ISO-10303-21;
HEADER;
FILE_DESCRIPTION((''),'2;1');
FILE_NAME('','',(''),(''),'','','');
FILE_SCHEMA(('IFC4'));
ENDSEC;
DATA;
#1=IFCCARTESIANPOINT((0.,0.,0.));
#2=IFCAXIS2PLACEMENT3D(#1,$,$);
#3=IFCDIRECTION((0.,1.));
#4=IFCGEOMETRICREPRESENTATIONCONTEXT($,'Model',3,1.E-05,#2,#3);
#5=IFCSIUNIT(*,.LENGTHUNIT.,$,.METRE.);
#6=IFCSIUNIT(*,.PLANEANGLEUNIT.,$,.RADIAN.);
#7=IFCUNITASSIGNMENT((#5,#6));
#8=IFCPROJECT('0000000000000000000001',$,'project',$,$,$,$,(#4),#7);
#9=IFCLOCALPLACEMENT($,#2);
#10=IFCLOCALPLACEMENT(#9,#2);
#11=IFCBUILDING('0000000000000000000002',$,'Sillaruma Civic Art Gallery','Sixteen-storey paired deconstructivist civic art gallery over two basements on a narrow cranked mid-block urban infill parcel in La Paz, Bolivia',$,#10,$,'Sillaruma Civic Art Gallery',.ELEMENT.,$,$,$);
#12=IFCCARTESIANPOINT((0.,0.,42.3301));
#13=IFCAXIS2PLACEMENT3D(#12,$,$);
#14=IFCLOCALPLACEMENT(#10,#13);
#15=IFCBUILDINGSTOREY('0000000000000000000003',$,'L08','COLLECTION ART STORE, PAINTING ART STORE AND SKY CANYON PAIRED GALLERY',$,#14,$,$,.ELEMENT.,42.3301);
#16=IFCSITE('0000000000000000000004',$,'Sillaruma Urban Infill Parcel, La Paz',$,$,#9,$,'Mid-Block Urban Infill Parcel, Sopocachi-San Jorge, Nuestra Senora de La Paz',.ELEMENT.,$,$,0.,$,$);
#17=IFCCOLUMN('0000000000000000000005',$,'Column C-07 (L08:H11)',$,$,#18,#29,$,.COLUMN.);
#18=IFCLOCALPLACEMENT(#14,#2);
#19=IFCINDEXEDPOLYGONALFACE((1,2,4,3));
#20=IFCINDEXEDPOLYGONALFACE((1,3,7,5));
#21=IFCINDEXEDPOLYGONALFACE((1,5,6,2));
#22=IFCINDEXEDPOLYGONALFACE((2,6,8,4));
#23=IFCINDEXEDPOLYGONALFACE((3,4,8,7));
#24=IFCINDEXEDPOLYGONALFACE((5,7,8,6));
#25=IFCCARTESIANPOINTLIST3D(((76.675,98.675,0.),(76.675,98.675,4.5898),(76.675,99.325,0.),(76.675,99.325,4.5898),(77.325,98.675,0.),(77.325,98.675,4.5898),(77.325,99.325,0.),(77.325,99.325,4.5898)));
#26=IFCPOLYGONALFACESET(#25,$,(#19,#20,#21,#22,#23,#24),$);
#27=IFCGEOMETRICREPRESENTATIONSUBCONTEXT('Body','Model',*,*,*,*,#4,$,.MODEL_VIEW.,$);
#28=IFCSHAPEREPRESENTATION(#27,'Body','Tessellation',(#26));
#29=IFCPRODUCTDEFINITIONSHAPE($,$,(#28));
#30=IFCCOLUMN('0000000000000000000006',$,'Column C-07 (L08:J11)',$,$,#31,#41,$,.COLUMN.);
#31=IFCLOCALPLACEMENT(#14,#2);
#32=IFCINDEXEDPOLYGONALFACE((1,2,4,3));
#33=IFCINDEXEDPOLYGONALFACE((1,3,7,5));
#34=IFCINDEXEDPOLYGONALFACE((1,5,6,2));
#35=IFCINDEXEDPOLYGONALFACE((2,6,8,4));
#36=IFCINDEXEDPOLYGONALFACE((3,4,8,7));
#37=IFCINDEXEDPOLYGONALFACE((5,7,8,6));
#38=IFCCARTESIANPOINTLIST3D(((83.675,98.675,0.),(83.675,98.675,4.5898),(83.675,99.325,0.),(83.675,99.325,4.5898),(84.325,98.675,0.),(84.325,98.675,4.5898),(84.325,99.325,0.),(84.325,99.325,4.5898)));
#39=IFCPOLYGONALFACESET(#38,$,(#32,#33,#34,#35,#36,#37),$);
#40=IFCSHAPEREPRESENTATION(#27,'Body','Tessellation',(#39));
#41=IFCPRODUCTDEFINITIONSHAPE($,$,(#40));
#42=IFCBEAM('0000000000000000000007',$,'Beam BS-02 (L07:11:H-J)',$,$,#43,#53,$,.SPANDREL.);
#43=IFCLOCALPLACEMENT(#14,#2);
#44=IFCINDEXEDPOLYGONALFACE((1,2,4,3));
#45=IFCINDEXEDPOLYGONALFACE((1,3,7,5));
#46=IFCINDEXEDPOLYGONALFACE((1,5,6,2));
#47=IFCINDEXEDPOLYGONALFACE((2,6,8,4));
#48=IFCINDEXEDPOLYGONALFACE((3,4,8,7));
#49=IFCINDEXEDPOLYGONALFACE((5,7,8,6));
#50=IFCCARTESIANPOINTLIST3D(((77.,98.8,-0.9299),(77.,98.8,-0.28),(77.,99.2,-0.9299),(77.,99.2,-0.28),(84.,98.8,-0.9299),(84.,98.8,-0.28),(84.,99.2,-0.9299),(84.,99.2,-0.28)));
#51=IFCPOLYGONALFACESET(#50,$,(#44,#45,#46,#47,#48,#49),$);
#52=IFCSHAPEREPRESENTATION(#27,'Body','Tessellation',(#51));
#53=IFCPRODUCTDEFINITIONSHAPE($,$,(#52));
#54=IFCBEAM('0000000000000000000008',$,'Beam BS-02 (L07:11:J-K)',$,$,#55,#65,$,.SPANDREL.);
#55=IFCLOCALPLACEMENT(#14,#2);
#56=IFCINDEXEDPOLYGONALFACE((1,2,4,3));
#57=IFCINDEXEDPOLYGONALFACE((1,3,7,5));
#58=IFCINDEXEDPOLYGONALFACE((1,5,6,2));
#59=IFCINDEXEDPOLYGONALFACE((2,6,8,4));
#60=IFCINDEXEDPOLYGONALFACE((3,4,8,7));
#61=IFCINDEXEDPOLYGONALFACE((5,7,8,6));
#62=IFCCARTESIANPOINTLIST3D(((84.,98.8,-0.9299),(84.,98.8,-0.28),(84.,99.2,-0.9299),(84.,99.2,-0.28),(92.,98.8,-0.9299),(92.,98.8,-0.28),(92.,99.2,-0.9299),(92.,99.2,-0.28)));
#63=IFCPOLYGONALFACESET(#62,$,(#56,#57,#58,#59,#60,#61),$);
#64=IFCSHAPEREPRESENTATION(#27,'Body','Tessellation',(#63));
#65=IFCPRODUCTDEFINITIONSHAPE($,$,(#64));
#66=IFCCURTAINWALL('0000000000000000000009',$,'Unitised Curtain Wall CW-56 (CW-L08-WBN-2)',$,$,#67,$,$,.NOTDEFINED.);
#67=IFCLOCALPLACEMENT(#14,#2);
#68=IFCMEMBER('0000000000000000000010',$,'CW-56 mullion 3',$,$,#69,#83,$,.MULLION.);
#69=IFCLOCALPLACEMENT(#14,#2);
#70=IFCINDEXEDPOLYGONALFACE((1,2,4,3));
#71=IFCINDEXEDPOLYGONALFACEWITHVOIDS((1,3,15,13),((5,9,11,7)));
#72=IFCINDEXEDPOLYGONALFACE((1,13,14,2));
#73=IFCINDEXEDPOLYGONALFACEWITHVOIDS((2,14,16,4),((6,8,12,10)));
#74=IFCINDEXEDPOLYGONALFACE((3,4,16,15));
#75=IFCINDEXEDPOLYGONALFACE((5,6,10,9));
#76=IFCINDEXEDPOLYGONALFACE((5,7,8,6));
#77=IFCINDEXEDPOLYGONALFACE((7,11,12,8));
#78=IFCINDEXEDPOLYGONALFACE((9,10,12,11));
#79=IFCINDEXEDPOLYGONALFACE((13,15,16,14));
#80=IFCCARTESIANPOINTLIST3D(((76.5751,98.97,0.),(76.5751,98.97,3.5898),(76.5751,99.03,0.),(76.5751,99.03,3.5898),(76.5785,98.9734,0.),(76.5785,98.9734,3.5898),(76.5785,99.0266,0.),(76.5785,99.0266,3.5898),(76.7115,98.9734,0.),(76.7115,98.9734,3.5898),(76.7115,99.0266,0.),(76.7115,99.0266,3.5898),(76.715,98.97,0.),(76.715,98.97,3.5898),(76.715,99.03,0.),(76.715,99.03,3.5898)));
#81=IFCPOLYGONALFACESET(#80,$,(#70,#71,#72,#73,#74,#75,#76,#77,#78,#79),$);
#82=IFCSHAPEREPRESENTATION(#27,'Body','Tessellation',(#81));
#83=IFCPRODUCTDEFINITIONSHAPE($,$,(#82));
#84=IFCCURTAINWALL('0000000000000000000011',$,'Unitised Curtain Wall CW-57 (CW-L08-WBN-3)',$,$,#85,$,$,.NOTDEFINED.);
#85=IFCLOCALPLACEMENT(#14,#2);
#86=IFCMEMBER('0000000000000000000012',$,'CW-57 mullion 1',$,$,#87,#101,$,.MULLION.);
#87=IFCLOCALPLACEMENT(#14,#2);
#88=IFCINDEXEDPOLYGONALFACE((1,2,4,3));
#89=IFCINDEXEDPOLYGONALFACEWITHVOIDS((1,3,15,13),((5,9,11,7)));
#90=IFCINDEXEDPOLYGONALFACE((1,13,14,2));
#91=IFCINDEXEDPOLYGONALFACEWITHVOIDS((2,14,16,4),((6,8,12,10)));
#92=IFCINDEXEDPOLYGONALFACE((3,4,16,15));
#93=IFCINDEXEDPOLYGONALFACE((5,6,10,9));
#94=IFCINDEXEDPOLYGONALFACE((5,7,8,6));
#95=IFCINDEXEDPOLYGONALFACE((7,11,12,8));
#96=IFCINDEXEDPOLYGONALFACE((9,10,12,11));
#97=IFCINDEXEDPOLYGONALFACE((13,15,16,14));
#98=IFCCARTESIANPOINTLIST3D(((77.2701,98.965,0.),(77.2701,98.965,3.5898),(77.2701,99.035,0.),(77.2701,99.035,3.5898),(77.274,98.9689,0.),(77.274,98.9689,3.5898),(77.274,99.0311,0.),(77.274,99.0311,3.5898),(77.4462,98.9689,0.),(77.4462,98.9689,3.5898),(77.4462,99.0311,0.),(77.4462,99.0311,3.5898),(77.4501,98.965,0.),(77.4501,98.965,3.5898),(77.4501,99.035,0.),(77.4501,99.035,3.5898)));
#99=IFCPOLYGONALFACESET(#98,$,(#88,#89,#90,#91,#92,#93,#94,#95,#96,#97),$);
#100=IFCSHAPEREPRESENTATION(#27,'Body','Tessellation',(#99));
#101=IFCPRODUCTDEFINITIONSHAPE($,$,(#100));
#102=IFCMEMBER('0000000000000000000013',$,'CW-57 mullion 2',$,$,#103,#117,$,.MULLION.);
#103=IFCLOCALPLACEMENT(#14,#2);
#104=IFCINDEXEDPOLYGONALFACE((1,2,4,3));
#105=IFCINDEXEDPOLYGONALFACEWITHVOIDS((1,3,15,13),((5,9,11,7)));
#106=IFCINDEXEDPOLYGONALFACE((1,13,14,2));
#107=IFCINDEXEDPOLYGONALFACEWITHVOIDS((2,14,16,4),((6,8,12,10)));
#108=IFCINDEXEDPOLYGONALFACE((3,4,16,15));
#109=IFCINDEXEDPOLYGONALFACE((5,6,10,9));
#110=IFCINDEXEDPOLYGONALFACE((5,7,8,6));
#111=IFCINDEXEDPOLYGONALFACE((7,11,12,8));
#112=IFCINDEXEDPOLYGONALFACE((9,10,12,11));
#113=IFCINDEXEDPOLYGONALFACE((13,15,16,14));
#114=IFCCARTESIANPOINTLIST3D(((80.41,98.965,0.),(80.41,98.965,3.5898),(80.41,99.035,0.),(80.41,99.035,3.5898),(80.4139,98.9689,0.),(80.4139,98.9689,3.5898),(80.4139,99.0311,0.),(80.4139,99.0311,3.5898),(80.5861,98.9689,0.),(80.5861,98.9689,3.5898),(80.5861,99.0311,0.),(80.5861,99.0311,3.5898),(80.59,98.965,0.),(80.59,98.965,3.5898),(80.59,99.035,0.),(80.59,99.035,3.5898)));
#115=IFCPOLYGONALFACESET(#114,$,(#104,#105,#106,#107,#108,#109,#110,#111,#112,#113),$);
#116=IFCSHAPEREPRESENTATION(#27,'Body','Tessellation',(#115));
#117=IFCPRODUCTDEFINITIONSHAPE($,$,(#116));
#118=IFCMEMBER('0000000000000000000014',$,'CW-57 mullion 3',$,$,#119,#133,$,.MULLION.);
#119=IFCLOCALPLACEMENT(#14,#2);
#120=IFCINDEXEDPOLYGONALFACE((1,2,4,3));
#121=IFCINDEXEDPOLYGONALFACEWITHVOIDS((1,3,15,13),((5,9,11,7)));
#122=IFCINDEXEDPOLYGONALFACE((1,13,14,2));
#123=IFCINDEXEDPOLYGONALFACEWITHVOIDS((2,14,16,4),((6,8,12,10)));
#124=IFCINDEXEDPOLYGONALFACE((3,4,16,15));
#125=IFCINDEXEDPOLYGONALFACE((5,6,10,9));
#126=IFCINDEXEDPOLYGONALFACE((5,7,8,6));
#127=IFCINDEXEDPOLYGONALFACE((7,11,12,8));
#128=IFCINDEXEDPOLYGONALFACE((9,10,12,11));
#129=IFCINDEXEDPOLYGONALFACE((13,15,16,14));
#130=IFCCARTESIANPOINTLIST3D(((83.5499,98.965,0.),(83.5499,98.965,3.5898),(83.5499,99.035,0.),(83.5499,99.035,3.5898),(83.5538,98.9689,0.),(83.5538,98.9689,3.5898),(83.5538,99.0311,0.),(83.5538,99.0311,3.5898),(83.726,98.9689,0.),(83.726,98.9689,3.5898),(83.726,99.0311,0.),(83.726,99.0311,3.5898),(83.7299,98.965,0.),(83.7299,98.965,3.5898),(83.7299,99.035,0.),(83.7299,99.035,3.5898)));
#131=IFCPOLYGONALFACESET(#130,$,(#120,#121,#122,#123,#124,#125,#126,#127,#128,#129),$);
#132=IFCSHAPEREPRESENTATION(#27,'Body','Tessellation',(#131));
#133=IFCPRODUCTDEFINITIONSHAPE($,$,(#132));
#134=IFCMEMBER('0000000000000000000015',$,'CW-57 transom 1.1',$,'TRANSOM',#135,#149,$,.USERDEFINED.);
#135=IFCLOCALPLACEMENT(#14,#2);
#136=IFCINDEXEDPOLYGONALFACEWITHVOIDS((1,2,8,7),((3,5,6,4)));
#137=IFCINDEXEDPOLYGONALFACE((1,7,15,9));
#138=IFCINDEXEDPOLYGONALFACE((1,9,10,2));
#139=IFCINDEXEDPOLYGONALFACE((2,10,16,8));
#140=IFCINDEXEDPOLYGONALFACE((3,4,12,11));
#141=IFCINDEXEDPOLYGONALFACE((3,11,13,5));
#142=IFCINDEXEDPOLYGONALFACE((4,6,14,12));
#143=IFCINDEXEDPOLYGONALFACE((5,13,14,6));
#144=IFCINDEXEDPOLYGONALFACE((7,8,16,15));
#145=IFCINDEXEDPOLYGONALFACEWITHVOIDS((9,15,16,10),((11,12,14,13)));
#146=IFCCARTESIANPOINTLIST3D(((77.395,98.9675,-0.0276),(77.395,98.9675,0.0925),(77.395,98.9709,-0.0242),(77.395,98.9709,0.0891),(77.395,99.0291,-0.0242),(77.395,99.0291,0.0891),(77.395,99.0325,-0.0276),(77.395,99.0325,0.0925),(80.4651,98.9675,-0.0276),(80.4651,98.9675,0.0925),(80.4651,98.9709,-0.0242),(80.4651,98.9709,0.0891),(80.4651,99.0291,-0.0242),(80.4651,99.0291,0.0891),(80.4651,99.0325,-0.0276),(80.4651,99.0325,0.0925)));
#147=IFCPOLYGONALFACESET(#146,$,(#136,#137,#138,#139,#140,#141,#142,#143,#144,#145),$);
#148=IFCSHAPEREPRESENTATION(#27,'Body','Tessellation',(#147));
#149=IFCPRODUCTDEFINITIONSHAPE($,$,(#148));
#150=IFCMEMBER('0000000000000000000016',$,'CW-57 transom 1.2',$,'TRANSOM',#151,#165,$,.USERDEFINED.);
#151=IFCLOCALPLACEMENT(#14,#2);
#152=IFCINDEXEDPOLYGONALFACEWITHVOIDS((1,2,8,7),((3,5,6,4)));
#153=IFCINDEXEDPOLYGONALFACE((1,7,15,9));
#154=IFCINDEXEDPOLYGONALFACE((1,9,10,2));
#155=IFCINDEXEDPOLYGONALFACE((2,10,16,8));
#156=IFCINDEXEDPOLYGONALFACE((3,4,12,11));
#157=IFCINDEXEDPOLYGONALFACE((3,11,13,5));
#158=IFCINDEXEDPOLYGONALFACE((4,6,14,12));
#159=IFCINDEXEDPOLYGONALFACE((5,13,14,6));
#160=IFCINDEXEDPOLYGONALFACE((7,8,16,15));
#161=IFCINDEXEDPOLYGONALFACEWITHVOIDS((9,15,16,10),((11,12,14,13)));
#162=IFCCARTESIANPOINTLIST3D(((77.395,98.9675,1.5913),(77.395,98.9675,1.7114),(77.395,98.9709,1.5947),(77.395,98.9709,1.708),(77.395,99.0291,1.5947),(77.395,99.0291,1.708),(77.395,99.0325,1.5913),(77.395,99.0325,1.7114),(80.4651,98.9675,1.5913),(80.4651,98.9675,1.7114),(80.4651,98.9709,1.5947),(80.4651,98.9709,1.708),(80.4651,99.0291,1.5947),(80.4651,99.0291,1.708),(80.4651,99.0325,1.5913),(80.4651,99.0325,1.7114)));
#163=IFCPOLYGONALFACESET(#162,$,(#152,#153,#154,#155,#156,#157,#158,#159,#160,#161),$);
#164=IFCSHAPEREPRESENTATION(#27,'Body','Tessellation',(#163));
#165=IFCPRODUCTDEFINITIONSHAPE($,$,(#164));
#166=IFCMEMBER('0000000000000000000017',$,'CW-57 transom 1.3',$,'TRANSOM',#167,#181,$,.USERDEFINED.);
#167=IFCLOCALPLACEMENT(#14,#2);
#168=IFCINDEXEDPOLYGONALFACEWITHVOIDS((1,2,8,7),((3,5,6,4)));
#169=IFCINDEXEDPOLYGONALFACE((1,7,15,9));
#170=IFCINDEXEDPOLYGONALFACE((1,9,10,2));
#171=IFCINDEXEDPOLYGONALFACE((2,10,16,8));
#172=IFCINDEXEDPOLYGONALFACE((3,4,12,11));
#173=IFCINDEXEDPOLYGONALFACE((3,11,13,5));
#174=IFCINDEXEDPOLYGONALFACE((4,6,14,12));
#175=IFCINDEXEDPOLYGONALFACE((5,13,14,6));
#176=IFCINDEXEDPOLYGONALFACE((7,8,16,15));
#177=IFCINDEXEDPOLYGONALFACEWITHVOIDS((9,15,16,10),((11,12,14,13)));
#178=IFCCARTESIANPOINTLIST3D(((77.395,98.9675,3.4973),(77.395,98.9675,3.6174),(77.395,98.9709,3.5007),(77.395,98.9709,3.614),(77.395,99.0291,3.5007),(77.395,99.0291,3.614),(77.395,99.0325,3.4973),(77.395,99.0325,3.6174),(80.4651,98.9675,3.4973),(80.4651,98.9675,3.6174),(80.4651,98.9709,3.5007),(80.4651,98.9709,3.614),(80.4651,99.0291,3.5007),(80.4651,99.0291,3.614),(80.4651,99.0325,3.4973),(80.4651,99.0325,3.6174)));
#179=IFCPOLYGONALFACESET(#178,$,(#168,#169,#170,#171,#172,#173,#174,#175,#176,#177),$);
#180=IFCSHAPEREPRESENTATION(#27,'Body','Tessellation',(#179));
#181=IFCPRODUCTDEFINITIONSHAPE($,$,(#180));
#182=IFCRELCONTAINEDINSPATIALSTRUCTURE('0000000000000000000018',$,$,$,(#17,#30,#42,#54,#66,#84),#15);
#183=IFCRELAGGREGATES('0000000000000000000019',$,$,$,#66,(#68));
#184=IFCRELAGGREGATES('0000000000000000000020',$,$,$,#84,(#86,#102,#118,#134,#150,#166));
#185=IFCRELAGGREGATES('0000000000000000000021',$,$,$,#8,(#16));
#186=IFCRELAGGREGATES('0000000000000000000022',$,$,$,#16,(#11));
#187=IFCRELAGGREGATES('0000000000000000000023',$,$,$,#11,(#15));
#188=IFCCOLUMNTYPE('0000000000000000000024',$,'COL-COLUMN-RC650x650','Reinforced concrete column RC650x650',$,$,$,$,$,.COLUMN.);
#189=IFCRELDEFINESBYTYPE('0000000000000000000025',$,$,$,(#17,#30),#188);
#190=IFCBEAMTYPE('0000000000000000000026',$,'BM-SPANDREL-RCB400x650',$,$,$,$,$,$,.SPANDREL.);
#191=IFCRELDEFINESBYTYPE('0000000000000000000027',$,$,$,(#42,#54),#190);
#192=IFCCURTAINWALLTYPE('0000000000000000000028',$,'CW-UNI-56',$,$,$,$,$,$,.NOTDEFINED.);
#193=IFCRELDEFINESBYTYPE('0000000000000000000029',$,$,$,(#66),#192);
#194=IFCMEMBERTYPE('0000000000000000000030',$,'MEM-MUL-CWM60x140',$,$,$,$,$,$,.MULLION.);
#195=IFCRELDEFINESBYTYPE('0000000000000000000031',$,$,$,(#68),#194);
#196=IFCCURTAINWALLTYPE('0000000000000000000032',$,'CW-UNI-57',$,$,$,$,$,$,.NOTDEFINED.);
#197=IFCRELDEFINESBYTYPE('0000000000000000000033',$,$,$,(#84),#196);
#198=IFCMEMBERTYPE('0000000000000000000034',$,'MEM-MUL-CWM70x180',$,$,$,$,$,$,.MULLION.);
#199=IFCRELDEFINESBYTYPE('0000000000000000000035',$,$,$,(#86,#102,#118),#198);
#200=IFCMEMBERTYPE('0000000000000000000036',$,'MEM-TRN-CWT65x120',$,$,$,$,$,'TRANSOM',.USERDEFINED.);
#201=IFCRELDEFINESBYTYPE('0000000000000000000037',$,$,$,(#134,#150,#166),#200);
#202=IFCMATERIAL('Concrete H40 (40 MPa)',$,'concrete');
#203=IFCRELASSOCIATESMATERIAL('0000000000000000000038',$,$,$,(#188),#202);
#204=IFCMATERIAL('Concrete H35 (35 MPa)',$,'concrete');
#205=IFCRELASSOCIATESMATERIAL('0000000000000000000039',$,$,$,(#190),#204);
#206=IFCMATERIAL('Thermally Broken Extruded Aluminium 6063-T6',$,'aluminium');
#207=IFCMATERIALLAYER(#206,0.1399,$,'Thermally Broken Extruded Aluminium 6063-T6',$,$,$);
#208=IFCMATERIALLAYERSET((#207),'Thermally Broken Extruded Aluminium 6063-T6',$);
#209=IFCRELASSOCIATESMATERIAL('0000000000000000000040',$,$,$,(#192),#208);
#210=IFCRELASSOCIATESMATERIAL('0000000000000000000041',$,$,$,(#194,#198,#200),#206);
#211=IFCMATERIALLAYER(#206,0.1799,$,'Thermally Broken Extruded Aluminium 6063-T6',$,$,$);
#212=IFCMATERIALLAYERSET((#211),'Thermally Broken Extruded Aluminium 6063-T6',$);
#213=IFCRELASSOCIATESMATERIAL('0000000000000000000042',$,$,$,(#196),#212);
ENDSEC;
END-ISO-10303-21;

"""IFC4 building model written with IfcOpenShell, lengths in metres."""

from ifc_helpers import new_model, si_unit, direction, frame, origin, origin_2d, place, context, subcontext, project, spatial, rectangle, hollow_rectangle, extrude, material, layer, layer_set, material_profile, profile_set, type_object, element, aggregate, save


model = new_model("IFC4")

# Units and contexts
model_context = context("Model", 3, precision=1e-05, world=origin(), true_north=direction((0.0, 1.0)))
body_context = subcontext(model_context, "Body", "Model", "MODEL_VIEW")
ifc_project = project(units=[si_unit("LENGTHUNIT", "METRE"), si_unit("PLANEANGLEUNIT", "RADIAN")], contexts=[model_context])

# Site, building, storey
site_placement = place(None, origin())
site = spatial("IfcSite", under=ifc_project, at=site_placement, Name="Sillaruma Urban Infill Parcel, La Paz", LongName="Mid-Block Urban Infill Parcel, Sopocachi-San Jorge, Nuestra Senora de La Paz", CompositionType="ELEMENT", RefElevation=0.0)
building_placement = place(site_placement, origin())
building = spatial("IfcBuilding", under=site, at=building_placement, Name="Sillaruma Civic Art Gallery", Description="Sixteen-storey paired deconstructivist civic art gallery over two basements on a narrow cranked mid-block urban infill parcel in La Paz, Bolivia", LongName="Sillaruma Civic Art Gallery", CompositionType="ELEMENT")
storey_placement = place(building_placement, frame((0.0, 0.0, 42.3301)))
storey = spatial("IfcBuildingStorey", under=building, at=storey_placement, Name="L08", Description="COLLECTION ART STORE, PAINTING ART STORE AND SKY CANYON PAIRED GALLERY", CompositionType="ELEMENT", Elevation=42.3301)

# Columns
ifc_material_1 = material(Name="Concrete H40 (40 MPa)", Category="concrete")
ifc_material_profile_1 = material_profile(ifc_material_1, rectangle(XDim=0.6499, YDim=0.6499, at=origin_2d()), Name="RC650x650")
ifc_profile_set_1 = profile_set([ifc_material_profile_1], Name="Concrete H40 (40 MPa)")
column_type = type_object("IfcColumnType", Name="COL-COLUMN-RC650x650", Description="Reinforced concrete column RC650x650", PredefinedType="COLUMN", material=ifc_profile_set_1)
for number, where, z_axis, x_axis, name in (
    (1, (77.0, 99.0, 0.0), (0.0, 0.0, 1.0), (1.0, 0.0, 0.0), "Column C-07 (L08:H11)"),
    (2, (84.0, 99.0, 0.0), (0.0, 0.0, 1.0), (1.0, 0.0, 0.0), "Column C-07 (L08:J11)"),
):
    element("IfcColumn", number, at=place(storey_placement, frame(where, z_axis=z_axis, x_axis=x_axis)), inside=storey, type_object=column_type, Name=name, PredefinedType="COLUMN", context=body_context, shape_type="SweptSolid", body=[
        extrude(rectangle(XDim=0.6499, YDim=0.6499, at=origin_2d()), origin(), (0.0, 0.0, 1.0), 4.5898),
    ])

# Beams
ifc_material_2 = material(Name="Concrete H35 (35 MPa)", Category="concrete")
ifc_material_profile_2 = material_profile(ifc_material_2, rectangle(XDim=0.3999, YDim=0.6499, at=origin_2d()), Name="RCB400x650")
ifc_profile_set_2 = profile_set([ifc_material_profile_2], Name="Concrete H35 (35 MPa)")
beam_type = type_object("IfcBeamType", Name="BM-SPANDREL-RCB400x650", PredefinedType="SPANDREL", material=ifc_profile_set_2)
beam_1_placement = place(storey_placement, frame((77.0, 99.0, -0.605), z_axis=(1.0, 0.0, 0.0), x_axis=(0.0, 1.0, 0.0)))
element("IfcBeam", 3, at=beam_1_placement, inside=storey, type_object=beam_type, Name="Beam BS-02 (L07:11:H-J)", PredefinedType="SPANDREL", context=body_context, shape_type="SweptSolid", body=[
    extrude(rectangle(XDim=0.3999, YDim=0.6499, at=origin_2d()), origin(), (0.0, 0.0, 1.0), 7.0),
])
beam_2_placement = place(storey_placement, frame((84.0, 99.0, -0.605), z_axis=(1.0, 0.0, 0.0), x_axis=(0.0, 1.0, 0.0)))
element("IfcBeam", 4, at=beam_2_placement, inside=storey, type_object=beam_type, Name="Beam BS-02 (L07:11:J-K)", PredefinedType="SPANDREL", context=body_context, shape_type="SweptSolid", body=[
    extrude(rectangle(XDim=0.3999, YDim=0.6499, at=origin_2d()), origin(), (0.0, 0.0, 1.0), 8.0),
])

# Curtain wall, member
ifc_material_3 = material(Name="Thermally Broken Extruded Aluminium 6063-T6", Category="aluminium")
ifc_layer_1 = layer(ifc_material_3, 0.1399, Name="Thermally Broken Extruded Aluminium 6063-T6")
ifc_layer_set_1 = layer_set([ifc_layer_1], Name="Thermally Broken Extruded Aluminium 6063-T6")
curtain_wall_type_1 = type_object("IfcCurtainWallType", Name="CW-UNI-56", PredefinedType="NOTDEFINED", material=ifc_layer_set_1)
curtain_wall_1_placement = place(storey_placement, origin())
curtain_wall_1 = element("IfcCurtainWall", 5, at=curtain_wall_1_placement, inside=storey, type_object=curtain_wall_type_1, Name="Unitised Curtain Wall CW-56 (CW-L08-WBN-2)", PredefinedType="NOTDEFINED")
ifc_material_profile_3 = material_profile(ifc_material_3, hollow_rectangle(XDim=0.0601, YDim=0.1399, WallThickness=0.0034, at=origin_2d()), Name="CWM60x140")
ifc_profile_set_3 = profile_set([ifc_material_profile_3], Name="Thermally Broken Extruded Aluminium 6063-T6")
member_type_1 = type_object("IfcMemberType", Name="MEM-MUL-CWM60x140", PredefinedType="MULLION", material=ifc_profile_set_3)
member_1_placement = place(storey_placement, frame((76.645, 99.0, 0.0), z_axis=(0.0, 0.0, 1.0), x_axis=(0.0, 1.0, 0.0)))
member_1 = element("IfcMember", 6, at=member_1_placement, type_object=member_type_1, Name="CW-56 mullion 3", PredefinedType="MULLION", context=body_context, shape_type="SweptSolid", body=[
    extrude(hollow_rectangle(XDim=0.0601, YDim=0.1399, WallThickness=0.0034, at=origin_2d()), origin(), (0.0, 0.0, 1.0), 3.5898),
])

# Curtain wall, members
ifc_layer_2 = layer(ifc_material_3, 0.1799, Name="Thermally Broken Extruded Aluminium 6063-T6")
ifc_layer_set_2 = layer_set([ifc_layer_2], Name="Thermally Broken Extruded Aluminium 6063-T6")
curtain_wall_type_2 = type_object("IfcCurtainWallType", Name="CW-UNI-57", PredefinedType="NOTDEFINED", material=ifc_layer_set_2)
curtain_wall_2_placement = place(storey_placement, origin())
curtain_wall_2 = element("IfcCurtainWall", 7, at=curtain_wall_2_placement, inside=storey, type_object=curtain_wall_type_2, Name="Unitised Curtain Wall CW-57 (CW-L08-WBN-3)", PredefinedType="NOTDEFINED")
ifc_material_profile_4 = material_profile(ifc_material_3, hollow_rectangle(XDim=0.0701, YDim=0.1799, WallThickness=0.0039, at=origin_2d()), Name="CWM70x180")
ifc_profile_set_4 = profile_set([ifc_material_profile_4], Name="Thermally Broken Extruded Aluminium 6063-T6")
member_type_2 = type_object("IfcMemberType", Name="MEM-MUL-CWM70x180", PredefinedType="MULLION", material=ifc_profile_set_4)
member_2_placement = place(storey_placement, frame((77.3601, 99.0, 0.0), z_axis=(0.0, 0.0, 1.0), x_axis=(0.0, 1.0, 0.0)))
member_2 = element("IfcMember", 8, at=member_2_placement, type_object=member_type_2, Name="CW-57 mullion 1", PredefinedType="MULLION", context=body_context, shape_type="SweptSolid", body=[
    extrude(hollow_rectangle(XDim=0.0701, YDim=0.1799, WallThickness=0.0039, at=origin_2d()), origin(), (0.0, 0.0, 1.0), 3.5898),
])
member_3_placement = place(storey_placement, frame((80.5, 99.0, 0.0), z_axis=(0.0, 0.0, 1.0), x_axis=(0.0, 1.0, 0.0)))
member_3 = element("IfcMember", 9, at=member_3_placement, type_object=member_type_2, Name="CW-57 mullion 2", PredefinedType="MULLION", context=body_context, shape_type="SweptSolid", body=[
    extrude(hollow_rectangle(XDim=0.0701, YDim=0.1799, WallThickness=0.0039, at=origin_2d()), origin(), (0.0, 0.0, 1.0), 3.5898),
])
member_4_placement = place(storey_placement, frame((83.6399, 99.0, 0.0), z_axis=(0.0, 0.0, 1.0), x_axis=(0.0, 1.0, 0.0)))
member_4 = element("IfcMember", 10, at=member_4_placement, type_object=member_type_2, Name="CW-57 mullion 3", PredefinedType="MULLION", context=body_context, shape_type="SweptSolid", body=[
    extrude(hollow_rectangle(XDim=0.0701, YDim=0.1799, WallThickness=0.0039, at=origin_2d()), origin(), (0.0, 0.0, 1.0), 3.5898),
])
ifc_material_profile_5 = material_profile(ifc_material_3, hollow_rectangle(XDim=0.0649, YDim=0.1201, WallThickness=0.0034, at=origin_2d()), Name="CWT65x120")
ifc_profile_set_5 = profile_set([ifc_material_profile_5], Name="Thermally Broken Extruded Aluminium 6063-T6")
member_type_3 = type_object("IfcMemberType", Name="MEM-TRN-CWT65x120", ElementType="TRANSOM", PredefinedType="USERDEFINED", material=ifc_profile_set_5)
member_5_placement = place(storey_placement, frame((77.395, 99.0, 0.0325), z_axis=(1.0, 0.0, 0.0), x_axis=(0.0, 1.0, 0.0)))
member_5 = element("IfcMember", 11, at=member_5_placement, type_object=member_type_3, Name="CW-57 transom 1.1", ObjectType="TRANSOM", PredefinedType="USERDEFINED", context=body_context, shape_type="SweptSolid", body=[
    extrude(hollow_rectangle(XDim=0.0649, YDim=0.1201, WallThickness=0.0034, at=origin_2d()), origin(), (0.0, 0.0, 1.0), 3.0701),
])
member_6_placement = place(storey_placement, frame((77.395, 99.0, 1.6514), z_axis=(1.0, 0.0, 0.0), x_axis=(0.0, 1.0, 0.0)))
member_6 = element("IfcMember", 12, at=member_6_placement, type_object=member_type_3, Name="CW-57 transom 1.2", ObjectType="TRANSOM", PredefinedType="USERDEFINED", context=body_context, shape_type="SweptSolid", body=[
    extrude(hollow_rectangle(XDim=0.0649, YDim=0.1201, WallThickness=0.0034, at=origin_2d()), origin(), (0.0, 0.0, 1.0), 3.0701),
])
member_7_placement = place(storey_placement, frame((77.395, 99.0, 3.5574), z_axis=(1.0, 0.0, 0.0), x_axis=(0.0, 1.0, 0.0)))
member_7 = element("IfcMember", 13, at=member_7_placement, type_object=member_type_3, Name="CW-57 transom 1.3", ObjectType="TRANSOM", PredefinedType="USERDEFINED", context=body_context, shape_type="SweptSolid", body=[
    extrude(hollow_rectangle(XDim=0.0649, YDim=0.1201, WallThickness=0.0034, at=origin_2d()), origin(), (0.0, 0.0, 1.0), 3.0701),
])

aggregate(curtain_wall_1, [member_1])
aggregate(curtain_wall_2, [member_2, member_3, member_4, member_5, member_6, member_7])

save(model, "model.ifc")
